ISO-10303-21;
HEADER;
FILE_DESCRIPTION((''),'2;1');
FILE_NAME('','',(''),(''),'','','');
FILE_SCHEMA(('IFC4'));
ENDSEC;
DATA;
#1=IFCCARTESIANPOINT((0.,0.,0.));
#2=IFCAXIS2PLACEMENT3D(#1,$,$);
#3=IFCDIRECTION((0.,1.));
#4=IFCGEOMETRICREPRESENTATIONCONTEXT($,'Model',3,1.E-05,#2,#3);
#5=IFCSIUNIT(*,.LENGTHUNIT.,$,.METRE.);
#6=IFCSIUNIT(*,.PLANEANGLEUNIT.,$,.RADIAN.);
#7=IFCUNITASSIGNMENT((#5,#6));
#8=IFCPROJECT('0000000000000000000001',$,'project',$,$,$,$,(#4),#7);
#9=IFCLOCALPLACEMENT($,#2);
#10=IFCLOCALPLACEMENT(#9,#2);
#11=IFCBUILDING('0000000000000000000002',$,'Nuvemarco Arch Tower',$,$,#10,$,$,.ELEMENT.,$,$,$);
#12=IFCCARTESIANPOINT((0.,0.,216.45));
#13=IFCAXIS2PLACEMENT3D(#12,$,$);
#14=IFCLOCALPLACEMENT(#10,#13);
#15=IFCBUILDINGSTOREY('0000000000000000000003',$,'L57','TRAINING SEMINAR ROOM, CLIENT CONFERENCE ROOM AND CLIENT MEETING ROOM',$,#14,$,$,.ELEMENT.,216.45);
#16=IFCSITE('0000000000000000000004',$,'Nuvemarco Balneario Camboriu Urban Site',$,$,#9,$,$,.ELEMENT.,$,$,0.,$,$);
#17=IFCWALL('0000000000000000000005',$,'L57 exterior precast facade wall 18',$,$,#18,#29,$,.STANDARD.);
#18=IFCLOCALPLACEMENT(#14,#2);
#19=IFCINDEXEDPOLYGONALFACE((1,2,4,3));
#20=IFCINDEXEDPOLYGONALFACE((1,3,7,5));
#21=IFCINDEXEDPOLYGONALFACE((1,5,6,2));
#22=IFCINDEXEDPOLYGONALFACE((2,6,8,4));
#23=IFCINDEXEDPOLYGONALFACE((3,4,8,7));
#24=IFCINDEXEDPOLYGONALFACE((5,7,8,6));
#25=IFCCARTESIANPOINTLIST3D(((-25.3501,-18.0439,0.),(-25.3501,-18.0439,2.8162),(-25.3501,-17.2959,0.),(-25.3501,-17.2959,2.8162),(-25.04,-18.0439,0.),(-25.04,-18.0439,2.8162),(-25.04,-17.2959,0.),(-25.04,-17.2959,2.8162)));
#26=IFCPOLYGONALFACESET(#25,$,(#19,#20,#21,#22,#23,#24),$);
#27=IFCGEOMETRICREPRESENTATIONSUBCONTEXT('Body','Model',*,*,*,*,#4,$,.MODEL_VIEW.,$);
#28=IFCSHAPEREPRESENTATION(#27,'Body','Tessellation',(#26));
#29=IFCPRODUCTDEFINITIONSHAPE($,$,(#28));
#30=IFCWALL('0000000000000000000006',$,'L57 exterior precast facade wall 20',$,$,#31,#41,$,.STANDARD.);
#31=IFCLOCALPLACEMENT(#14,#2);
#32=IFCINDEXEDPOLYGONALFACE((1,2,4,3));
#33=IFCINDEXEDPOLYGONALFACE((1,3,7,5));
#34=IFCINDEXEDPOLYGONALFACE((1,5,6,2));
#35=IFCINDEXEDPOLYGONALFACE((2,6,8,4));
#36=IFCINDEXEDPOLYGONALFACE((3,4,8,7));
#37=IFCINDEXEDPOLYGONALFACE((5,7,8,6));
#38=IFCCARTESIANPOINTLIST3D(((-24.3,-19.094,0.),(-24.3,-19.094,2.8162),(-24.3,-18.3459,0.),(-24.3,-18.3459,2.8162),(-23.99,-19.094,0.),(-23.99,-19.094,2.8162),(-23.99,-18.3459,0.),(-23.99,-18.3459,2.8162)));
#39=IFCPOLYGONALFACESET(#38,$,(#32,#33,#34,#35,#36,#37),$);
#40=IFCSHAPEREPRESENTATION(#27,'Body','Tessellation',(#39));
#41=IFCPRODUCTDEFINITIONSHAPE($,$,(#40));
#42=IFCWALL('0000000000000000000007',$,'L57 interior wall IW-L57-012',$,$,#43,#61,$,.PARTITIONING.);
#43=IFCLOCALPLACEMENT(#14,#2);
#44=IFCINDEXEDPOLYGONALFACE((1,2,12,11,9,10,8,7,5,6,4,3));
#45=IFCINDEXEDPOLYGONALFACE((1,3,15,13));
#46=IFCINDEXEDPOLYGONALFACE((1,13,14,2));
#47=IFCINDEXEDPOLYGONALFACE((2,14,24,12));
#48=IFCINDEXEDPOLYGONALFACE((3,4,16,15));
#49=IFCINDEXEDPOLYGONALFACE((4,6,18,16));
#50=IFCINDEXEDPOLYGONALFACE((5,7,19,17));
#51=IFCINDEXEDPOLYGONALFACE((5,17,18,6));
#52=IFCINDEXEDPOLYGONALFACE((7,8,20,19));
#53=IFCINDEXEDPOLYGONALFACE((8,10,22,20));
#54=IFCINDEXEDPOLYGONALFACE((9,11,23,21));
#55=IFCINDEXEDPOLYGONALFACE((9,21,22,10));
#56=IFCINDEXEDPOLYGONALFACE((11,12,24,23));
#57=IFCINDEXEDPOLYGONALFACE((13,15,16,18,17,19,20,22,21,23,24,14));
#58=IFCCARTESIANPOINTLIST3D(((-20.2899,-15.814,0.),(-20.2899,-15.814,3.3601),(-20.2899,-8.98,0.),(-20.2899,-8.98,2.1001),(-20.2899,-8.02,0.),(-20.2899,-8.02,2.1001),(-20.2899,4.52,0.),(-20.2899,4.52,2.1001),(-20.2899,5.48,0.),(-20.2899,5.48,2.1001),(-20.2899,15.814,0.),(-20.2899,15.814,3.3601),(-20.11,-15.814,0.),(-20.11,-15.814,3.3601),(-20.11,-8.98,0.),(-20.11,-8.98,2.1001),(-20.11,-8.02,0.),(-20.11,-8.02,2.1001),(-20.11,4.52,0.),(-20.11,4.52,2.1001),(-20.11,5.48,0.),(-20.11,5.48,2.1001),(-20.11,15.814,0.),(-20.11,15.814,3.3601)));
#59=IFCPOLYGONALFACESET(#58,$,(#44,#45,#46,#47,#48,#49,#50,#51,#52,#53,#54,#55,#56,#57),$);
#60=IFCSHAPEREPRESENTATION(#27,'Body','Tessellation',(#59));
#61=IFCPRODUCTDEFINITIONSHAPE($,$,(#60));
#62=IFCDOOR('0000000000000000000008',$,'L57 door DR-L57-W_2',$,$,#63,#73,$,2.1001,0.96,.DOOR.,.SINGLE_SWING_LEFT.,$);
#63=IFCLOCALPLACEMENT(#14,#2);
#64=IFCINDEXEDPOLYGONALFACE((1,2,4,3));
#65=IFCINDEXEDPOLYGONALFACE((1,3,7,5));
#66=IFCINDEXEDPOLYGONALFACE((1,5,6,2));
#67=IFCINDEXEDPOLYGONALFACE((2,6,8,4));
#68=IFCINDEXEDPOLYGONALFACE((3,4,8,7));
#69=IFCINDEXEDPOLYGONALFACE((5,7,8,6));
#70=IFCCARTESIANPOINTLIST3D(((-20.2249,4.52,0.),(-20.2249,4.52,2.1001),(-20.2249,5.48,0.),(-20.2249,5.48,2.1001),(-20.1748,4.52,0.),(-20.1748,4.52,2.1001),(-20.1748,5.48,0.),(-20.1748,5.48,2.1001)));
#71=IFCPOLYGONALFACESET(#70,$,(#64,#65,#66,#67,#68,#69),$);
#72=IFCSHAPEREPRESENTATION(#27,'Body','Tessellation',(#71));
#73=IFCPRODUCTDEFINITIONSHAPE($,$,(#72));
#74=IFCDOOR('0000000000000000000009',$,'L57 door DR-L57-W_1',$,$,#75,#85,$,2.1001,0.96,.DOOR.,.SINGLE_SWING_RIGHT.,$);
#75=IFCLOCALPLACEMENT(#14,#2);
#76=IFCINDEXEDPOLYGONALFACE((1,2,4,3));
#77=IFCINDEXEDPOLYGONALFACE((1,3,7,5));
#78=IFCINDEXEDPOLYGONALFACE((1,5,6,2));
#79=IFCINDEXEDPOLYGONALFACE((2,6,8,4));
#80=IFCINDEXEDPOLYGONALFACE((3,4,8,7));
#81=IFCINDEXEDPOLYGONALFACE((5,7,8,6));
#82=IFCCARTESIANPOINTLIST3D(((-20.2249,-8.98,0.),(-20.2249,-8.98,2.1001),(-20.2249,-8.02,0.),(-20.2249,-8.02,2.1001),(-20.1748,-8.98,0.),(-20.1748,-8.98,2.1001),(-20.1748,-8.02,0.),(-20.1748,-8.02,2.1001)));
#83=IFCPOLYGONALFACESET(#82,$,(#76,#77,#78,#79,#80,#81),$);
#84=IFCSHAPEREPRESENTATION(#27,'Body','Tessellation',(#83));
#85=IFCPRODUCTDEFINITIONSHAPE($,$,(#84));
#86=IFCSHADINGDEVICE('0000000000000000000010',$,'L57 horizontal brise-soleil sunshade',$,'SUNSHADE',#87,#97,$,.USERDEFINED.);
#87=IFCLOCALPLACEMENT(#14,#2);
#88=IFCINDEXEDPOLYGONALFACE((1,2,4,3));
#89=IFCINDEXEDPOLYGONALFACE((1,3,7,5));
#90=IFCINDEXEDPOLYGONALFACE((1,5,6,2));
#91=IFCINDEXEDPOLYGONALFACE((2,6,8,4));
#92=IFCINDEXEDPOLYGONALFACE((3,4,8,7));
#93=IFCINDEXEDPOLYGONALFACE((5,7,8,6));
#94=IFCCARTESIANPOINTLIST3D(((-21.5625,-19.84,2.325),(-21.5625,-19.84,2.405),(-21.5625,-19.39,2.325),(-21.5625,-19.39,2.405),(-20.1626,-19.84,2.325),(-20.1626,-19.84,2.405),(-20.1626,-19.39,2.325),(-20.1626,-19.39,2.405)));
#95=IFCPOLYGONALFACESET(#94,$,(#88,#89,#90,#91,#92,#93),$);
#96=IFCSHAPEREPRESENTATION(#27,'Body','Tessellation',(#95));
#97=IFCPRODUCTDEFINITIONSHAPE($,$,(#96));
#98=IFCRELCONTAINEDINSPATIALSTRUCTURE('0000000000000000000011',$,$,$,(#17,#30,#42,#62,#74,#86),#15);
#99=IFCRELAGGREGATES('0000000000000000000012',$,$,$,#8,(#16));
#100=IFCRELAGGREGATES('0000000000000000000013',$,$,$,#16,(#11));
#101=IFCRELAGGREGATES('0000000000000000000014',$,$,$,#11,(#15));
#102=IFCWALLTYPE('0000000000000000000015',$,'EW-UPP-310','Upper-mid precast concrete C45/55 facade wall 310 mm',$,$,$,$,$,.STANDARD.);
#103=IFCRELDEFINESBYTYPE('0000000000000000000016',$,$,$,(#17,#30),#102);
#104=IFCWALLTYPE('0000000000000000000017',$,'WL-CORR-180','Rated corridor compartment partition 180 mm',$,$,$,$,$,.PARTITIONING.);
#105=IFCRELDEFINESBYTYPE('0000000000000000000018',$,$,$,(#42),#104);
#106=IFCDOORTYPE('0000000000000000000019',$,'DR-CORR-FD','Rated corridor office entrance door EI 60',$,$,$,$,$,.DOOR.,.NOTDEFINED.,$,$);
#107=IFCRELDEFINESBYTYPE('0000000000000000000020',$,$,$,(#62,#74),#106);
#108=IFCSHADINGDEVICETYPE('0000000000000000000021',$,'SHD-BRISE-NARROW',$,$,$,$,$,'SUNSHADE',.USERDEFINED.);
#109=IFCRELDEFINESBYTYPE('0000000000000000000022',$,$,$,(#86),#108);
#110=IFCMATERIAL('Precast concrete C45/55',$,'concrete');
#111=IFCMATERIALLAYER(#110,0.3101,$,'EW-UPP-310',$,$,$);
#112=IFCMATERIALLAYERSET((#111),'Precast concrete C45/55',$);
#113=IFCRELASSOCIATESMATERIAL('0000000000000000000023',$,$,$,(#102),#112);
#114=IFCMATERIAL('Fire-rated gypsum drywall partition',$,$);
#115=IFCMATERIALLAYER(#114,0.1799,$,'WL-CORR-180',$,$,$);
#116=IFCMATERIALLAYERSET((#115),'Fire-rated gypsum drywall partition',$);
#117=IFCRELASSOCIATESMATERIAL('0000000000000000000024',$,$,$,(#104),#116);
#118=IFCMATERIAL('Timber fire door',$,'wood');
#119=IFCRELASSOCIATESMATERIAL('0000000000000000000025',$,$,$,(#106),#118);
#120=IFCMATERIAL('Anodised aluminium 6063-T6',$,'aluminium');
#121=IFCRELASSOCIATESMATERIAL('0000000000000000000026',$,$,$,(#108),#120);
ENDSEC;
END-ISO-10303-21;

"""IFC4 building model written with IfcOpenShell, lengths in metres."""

from ifc_helpers import new_model, si_unit, direction, frame, frame_2d, origin, origin_2d, place, context, subcontext, project, spatial, rectangle, extrude, source, transform, mapped, material, layer, layer_set, type_object, type_shapes, element, fill, save


model = new_model("IFC4")

# Units and contexts
model_context = context("Model", 3, precision=1e-05, world=origin(), true_north=direction((0.0, 1.0)))
body_context = subcontext(model_context, "Body", "Model", "MODEL_VIEW")
ifc_project = project(units=[si_unit("LENGTHUNIT", "METRE"), si_unit("PLANEANGLEUNIT", "RADIAN")], contexts=[model_context])

# Site, building, storey
site_placement = place(None, origin())
site = spatial("IfcSite", under=ifc_project, at=site_placement, Name="Nuvemarco Balneario Camboriu Urban Site", CompositionType="ELEMENT", RefElevation=0.0)
building_placement = place(site_placement, origin())
building = spatial("IfcBuilding", under=site, at=building_placement, Name="Nuvemarco Arch Tower", CompositionType="ELEMENT")
storey_placement = place(building_placement, frame((0.0, 0.0, 216.45)))
storey = spatial("IfcBuildingStorey", under=building, at=storey_placement, Name="L57", Description="TRAINING SEMINAR ROOM, CLIENT CONFERENCE ROOM AND CLIENT MEETING ROOM", CompositionType="ELEMENT", Elevation=216.45)

# Shared definitions
ifc_material_1 = material(Name="Precast concrete C45/55", Category="concrete")
ifc_layer_1 = layer(ifc_material_1, 0.3101, Name="EW-UPP-310")
ifc_layer_set_1 = layer_set([ifc_layer_1], Name="Precast concrete C45/55")
wall_type_1 = type_object("IfcWallType", Name="EW-UPP-310", Description="Upper-mid precast concrete C45/55 facade wall 310 mm", PredefinedType="STANDARD", material=ifc_layer_set_1)

# Walls
for number, where, z_axis, x_axis, name in (
    (1, (-25.1951, -18.0439, 0.0), (0.0, 0.0, 1.0), (0.0, 1.0, 0.0), "L57 exterior precast facade wall 18"),
    (2, (-24.145, -19.094, 0.0), (0.0, 0.0, 1.0), (0.0, 1.0, 0.0), "L57 exterior precast facade wall 20"),
):
    element("IfcWall", number, at=place(storey_placement, frame(where, z_axis=z_axis, x_axis=x_axis)), inside=storey, type_object=wall_type_1, Name=name, PredefinedType="STANDARD", context=body_context, shape_type="SweptSolid", body=[
        extrude(rectangle(XDim=0.748, YDim=0.3101, at=frame_2d((0.374, 0.0))), origin(), (0.0, 0.0, 1.0), 2.8162),
    ])

# Wall, openings, doors
ifc_material_2 = material(Name="Fire-rated gypsum drywall partition")
ifc_layer_2 = layer(ifc_material_2, 0.1799, Name="WL-CORR-180")
ifc_layer_set_2 = layer_set([ifc_layer_2], Name="Fire-rated gypsum drywall partition")
wall_type_2 = type_object("IfcWallType", Name="WL-CORR-180", Description="Rated corridor compartment partition 180 mm", PredefinedType="PARTITIONING", material=ifc_layer_set_2)
wall_1_placement = place(storey_placement, frame((-20.2, -15.814, 0.0), z_axis=(0.0, 0.0, 1.0), x_axis=(0.0, 1.0, 0.0)))
wall_1 = element("IfcWall", 3, at=wall_1_placement, inside=storey, type_object=wall_type_2, Name="L57 interior wall IW-L57-012", PredefinedType="PARTITIONING", context=body_context, shape_type="SweptSolid", body=[
    extrude(rectangle(XDim=31.6279, YDim=0.1799, at=frame_2d((15.814, 0.0))), origin(), (0.0, 0.0, 1.0), 3.3601),
])
opening_1_placement = place(wall_1_placement, frame((20.334, 0.0, 0.0)))
opening_1 = element("IfcOpeningElement", 4, at=opening_1_placement, cuts=wall_1, PredefinedType="OPENING", context=body_context, shape_type="SweptSolid", body=[
    extrude(rectangle(XDim=0.96, YDim=2.1001, at=frame_2d((0.48, 1.05))), frame((0.0, 0.0999, 0.0), z_axis=(0.0, -1.0, 0.0), x_axis=(1.0, 0.0, 0.0)), (0.0, 0.0, 1.0), 0.2),
])
opening_2_placement = place(wall_1_placement, frame((6.834, 0.0, 0.0)))
opening_2 = element("IfcOpeningElement", 5, at=opening_2_placement, cuts=wall_1, PredefinedType="OPENING", context=body_context, shape_type="SweptSolid", body=[
    extrude(rectangle(XDim=0.96, YDim=2.1001, at=frame_2d((0.48, 1.05))), frame((0.0, 0.0999, 0.0), z_axis=(0.0, -1.0, 0.0), x_axis=(1.0, 0.0, 0.0)), (0.0, 0.0, 1.0), 0.2),
])
ifc_material_3 = material(Name="Timber fire door", Category="wood")
door_type = type_object("IfcDoorType", Name="DR-CORR-FD", Description="Rated corridor office entrance door EI 60", OperationType="NOTDEFINED", PredefinedType="DOOR", material=ifc_material_3)
shared_shape_1 = source(origin(), body_context, "Body", "SweptSolid", [
    extrude(rectangle(XDim=0.96, YDim=2.1001, at=frame_2d((0.48, 1.05))), frame((0.0, 0.0249, 0.0), z_axis=(0.0, -1.0, 0.0), x_axis=(1.0, 0.0, 0.0)), (0.0, 0.0, 1.0), 0.05),
])
type_shapes(door_type, [shared_shape_1])
door_1_placement = place(opening_1_placement, origin())
door_1 = element("IfcDoor", 6, at=door_1_placement, inside=storey, type_object=door_type, Name="L57 door DR-L57-W_2", OperationType="SINGLE_SWING_LEFT", OverallHeight=2.1001, OverallWidth=0.96, PredefinedType="DOOR", context=body_context, shape_type="MappedRepresentation", body=[
    mapped(shared_shape_1, transform((0.0, 0.0, 0.0), scale=1.0)),
])
fill(opening_1, door_1)
door_2_placement = place(opening_2_placement, origin())
door_2 = element("IfcDoor", 7, at=door_2_placement, inside=storey, type_object=door_type, Name="L57 door DR-L57-W_1", OperationType="SINGLE_SWING_RIGHT", OverallHeight=2.1001, OverallWidth=0.96, PredefinedType="DOOR", context=body_context, shape_type="MappedRepresentation", body=[
    mapped(shared_shape_1, transform((0.0, 0.0, 0.0), scale=1.0)),
])
fill(opening_2, door_2)

# Shading device
ifc_material_4 = material(Name="Anodised aluminium 6063-T6", Category="aluminium")
shading_device_type = type_object("IfcShadingDeviceType", Name="SHD-BRISE-NARROW", ElementType="SUNSHADE", PredefinedType="USERDEFINED", material=ifc_material_4)
shared_shape_2 = source(origin(), body_context, "Body", "SweptSolid", [
    extrude(rectangle(XDim=1.3999, YDim=0.45, at=origin_2d()), origin(), (0.0, 0.0, 1.0), 0.0801),
])
type_shapes(shading_device_type, [shared_shape_2])
shading_device_placement = place(storey_placement, frame((-20.8625, -19.615, 2.325), z_axis=(0.0, 0.0, 1.0), x_axis=(1.0, 0.0, 0.0)))
element("IfcShadingDevice", 8, at=shading_device_placement, inside=storey, type_object=shading_device_type, Name="L57 horizontal brise-soleil sunshade", ObjectType="SUNSHADE", PredefinedType="USERDEFINED", context=body_context, shape_type="MappedRepresentation", body=[
    mapped(shared_shape_2, transform((0.0, 0.0, 0.0), scale=1.0)),
])

save(model, "model.ifc")
